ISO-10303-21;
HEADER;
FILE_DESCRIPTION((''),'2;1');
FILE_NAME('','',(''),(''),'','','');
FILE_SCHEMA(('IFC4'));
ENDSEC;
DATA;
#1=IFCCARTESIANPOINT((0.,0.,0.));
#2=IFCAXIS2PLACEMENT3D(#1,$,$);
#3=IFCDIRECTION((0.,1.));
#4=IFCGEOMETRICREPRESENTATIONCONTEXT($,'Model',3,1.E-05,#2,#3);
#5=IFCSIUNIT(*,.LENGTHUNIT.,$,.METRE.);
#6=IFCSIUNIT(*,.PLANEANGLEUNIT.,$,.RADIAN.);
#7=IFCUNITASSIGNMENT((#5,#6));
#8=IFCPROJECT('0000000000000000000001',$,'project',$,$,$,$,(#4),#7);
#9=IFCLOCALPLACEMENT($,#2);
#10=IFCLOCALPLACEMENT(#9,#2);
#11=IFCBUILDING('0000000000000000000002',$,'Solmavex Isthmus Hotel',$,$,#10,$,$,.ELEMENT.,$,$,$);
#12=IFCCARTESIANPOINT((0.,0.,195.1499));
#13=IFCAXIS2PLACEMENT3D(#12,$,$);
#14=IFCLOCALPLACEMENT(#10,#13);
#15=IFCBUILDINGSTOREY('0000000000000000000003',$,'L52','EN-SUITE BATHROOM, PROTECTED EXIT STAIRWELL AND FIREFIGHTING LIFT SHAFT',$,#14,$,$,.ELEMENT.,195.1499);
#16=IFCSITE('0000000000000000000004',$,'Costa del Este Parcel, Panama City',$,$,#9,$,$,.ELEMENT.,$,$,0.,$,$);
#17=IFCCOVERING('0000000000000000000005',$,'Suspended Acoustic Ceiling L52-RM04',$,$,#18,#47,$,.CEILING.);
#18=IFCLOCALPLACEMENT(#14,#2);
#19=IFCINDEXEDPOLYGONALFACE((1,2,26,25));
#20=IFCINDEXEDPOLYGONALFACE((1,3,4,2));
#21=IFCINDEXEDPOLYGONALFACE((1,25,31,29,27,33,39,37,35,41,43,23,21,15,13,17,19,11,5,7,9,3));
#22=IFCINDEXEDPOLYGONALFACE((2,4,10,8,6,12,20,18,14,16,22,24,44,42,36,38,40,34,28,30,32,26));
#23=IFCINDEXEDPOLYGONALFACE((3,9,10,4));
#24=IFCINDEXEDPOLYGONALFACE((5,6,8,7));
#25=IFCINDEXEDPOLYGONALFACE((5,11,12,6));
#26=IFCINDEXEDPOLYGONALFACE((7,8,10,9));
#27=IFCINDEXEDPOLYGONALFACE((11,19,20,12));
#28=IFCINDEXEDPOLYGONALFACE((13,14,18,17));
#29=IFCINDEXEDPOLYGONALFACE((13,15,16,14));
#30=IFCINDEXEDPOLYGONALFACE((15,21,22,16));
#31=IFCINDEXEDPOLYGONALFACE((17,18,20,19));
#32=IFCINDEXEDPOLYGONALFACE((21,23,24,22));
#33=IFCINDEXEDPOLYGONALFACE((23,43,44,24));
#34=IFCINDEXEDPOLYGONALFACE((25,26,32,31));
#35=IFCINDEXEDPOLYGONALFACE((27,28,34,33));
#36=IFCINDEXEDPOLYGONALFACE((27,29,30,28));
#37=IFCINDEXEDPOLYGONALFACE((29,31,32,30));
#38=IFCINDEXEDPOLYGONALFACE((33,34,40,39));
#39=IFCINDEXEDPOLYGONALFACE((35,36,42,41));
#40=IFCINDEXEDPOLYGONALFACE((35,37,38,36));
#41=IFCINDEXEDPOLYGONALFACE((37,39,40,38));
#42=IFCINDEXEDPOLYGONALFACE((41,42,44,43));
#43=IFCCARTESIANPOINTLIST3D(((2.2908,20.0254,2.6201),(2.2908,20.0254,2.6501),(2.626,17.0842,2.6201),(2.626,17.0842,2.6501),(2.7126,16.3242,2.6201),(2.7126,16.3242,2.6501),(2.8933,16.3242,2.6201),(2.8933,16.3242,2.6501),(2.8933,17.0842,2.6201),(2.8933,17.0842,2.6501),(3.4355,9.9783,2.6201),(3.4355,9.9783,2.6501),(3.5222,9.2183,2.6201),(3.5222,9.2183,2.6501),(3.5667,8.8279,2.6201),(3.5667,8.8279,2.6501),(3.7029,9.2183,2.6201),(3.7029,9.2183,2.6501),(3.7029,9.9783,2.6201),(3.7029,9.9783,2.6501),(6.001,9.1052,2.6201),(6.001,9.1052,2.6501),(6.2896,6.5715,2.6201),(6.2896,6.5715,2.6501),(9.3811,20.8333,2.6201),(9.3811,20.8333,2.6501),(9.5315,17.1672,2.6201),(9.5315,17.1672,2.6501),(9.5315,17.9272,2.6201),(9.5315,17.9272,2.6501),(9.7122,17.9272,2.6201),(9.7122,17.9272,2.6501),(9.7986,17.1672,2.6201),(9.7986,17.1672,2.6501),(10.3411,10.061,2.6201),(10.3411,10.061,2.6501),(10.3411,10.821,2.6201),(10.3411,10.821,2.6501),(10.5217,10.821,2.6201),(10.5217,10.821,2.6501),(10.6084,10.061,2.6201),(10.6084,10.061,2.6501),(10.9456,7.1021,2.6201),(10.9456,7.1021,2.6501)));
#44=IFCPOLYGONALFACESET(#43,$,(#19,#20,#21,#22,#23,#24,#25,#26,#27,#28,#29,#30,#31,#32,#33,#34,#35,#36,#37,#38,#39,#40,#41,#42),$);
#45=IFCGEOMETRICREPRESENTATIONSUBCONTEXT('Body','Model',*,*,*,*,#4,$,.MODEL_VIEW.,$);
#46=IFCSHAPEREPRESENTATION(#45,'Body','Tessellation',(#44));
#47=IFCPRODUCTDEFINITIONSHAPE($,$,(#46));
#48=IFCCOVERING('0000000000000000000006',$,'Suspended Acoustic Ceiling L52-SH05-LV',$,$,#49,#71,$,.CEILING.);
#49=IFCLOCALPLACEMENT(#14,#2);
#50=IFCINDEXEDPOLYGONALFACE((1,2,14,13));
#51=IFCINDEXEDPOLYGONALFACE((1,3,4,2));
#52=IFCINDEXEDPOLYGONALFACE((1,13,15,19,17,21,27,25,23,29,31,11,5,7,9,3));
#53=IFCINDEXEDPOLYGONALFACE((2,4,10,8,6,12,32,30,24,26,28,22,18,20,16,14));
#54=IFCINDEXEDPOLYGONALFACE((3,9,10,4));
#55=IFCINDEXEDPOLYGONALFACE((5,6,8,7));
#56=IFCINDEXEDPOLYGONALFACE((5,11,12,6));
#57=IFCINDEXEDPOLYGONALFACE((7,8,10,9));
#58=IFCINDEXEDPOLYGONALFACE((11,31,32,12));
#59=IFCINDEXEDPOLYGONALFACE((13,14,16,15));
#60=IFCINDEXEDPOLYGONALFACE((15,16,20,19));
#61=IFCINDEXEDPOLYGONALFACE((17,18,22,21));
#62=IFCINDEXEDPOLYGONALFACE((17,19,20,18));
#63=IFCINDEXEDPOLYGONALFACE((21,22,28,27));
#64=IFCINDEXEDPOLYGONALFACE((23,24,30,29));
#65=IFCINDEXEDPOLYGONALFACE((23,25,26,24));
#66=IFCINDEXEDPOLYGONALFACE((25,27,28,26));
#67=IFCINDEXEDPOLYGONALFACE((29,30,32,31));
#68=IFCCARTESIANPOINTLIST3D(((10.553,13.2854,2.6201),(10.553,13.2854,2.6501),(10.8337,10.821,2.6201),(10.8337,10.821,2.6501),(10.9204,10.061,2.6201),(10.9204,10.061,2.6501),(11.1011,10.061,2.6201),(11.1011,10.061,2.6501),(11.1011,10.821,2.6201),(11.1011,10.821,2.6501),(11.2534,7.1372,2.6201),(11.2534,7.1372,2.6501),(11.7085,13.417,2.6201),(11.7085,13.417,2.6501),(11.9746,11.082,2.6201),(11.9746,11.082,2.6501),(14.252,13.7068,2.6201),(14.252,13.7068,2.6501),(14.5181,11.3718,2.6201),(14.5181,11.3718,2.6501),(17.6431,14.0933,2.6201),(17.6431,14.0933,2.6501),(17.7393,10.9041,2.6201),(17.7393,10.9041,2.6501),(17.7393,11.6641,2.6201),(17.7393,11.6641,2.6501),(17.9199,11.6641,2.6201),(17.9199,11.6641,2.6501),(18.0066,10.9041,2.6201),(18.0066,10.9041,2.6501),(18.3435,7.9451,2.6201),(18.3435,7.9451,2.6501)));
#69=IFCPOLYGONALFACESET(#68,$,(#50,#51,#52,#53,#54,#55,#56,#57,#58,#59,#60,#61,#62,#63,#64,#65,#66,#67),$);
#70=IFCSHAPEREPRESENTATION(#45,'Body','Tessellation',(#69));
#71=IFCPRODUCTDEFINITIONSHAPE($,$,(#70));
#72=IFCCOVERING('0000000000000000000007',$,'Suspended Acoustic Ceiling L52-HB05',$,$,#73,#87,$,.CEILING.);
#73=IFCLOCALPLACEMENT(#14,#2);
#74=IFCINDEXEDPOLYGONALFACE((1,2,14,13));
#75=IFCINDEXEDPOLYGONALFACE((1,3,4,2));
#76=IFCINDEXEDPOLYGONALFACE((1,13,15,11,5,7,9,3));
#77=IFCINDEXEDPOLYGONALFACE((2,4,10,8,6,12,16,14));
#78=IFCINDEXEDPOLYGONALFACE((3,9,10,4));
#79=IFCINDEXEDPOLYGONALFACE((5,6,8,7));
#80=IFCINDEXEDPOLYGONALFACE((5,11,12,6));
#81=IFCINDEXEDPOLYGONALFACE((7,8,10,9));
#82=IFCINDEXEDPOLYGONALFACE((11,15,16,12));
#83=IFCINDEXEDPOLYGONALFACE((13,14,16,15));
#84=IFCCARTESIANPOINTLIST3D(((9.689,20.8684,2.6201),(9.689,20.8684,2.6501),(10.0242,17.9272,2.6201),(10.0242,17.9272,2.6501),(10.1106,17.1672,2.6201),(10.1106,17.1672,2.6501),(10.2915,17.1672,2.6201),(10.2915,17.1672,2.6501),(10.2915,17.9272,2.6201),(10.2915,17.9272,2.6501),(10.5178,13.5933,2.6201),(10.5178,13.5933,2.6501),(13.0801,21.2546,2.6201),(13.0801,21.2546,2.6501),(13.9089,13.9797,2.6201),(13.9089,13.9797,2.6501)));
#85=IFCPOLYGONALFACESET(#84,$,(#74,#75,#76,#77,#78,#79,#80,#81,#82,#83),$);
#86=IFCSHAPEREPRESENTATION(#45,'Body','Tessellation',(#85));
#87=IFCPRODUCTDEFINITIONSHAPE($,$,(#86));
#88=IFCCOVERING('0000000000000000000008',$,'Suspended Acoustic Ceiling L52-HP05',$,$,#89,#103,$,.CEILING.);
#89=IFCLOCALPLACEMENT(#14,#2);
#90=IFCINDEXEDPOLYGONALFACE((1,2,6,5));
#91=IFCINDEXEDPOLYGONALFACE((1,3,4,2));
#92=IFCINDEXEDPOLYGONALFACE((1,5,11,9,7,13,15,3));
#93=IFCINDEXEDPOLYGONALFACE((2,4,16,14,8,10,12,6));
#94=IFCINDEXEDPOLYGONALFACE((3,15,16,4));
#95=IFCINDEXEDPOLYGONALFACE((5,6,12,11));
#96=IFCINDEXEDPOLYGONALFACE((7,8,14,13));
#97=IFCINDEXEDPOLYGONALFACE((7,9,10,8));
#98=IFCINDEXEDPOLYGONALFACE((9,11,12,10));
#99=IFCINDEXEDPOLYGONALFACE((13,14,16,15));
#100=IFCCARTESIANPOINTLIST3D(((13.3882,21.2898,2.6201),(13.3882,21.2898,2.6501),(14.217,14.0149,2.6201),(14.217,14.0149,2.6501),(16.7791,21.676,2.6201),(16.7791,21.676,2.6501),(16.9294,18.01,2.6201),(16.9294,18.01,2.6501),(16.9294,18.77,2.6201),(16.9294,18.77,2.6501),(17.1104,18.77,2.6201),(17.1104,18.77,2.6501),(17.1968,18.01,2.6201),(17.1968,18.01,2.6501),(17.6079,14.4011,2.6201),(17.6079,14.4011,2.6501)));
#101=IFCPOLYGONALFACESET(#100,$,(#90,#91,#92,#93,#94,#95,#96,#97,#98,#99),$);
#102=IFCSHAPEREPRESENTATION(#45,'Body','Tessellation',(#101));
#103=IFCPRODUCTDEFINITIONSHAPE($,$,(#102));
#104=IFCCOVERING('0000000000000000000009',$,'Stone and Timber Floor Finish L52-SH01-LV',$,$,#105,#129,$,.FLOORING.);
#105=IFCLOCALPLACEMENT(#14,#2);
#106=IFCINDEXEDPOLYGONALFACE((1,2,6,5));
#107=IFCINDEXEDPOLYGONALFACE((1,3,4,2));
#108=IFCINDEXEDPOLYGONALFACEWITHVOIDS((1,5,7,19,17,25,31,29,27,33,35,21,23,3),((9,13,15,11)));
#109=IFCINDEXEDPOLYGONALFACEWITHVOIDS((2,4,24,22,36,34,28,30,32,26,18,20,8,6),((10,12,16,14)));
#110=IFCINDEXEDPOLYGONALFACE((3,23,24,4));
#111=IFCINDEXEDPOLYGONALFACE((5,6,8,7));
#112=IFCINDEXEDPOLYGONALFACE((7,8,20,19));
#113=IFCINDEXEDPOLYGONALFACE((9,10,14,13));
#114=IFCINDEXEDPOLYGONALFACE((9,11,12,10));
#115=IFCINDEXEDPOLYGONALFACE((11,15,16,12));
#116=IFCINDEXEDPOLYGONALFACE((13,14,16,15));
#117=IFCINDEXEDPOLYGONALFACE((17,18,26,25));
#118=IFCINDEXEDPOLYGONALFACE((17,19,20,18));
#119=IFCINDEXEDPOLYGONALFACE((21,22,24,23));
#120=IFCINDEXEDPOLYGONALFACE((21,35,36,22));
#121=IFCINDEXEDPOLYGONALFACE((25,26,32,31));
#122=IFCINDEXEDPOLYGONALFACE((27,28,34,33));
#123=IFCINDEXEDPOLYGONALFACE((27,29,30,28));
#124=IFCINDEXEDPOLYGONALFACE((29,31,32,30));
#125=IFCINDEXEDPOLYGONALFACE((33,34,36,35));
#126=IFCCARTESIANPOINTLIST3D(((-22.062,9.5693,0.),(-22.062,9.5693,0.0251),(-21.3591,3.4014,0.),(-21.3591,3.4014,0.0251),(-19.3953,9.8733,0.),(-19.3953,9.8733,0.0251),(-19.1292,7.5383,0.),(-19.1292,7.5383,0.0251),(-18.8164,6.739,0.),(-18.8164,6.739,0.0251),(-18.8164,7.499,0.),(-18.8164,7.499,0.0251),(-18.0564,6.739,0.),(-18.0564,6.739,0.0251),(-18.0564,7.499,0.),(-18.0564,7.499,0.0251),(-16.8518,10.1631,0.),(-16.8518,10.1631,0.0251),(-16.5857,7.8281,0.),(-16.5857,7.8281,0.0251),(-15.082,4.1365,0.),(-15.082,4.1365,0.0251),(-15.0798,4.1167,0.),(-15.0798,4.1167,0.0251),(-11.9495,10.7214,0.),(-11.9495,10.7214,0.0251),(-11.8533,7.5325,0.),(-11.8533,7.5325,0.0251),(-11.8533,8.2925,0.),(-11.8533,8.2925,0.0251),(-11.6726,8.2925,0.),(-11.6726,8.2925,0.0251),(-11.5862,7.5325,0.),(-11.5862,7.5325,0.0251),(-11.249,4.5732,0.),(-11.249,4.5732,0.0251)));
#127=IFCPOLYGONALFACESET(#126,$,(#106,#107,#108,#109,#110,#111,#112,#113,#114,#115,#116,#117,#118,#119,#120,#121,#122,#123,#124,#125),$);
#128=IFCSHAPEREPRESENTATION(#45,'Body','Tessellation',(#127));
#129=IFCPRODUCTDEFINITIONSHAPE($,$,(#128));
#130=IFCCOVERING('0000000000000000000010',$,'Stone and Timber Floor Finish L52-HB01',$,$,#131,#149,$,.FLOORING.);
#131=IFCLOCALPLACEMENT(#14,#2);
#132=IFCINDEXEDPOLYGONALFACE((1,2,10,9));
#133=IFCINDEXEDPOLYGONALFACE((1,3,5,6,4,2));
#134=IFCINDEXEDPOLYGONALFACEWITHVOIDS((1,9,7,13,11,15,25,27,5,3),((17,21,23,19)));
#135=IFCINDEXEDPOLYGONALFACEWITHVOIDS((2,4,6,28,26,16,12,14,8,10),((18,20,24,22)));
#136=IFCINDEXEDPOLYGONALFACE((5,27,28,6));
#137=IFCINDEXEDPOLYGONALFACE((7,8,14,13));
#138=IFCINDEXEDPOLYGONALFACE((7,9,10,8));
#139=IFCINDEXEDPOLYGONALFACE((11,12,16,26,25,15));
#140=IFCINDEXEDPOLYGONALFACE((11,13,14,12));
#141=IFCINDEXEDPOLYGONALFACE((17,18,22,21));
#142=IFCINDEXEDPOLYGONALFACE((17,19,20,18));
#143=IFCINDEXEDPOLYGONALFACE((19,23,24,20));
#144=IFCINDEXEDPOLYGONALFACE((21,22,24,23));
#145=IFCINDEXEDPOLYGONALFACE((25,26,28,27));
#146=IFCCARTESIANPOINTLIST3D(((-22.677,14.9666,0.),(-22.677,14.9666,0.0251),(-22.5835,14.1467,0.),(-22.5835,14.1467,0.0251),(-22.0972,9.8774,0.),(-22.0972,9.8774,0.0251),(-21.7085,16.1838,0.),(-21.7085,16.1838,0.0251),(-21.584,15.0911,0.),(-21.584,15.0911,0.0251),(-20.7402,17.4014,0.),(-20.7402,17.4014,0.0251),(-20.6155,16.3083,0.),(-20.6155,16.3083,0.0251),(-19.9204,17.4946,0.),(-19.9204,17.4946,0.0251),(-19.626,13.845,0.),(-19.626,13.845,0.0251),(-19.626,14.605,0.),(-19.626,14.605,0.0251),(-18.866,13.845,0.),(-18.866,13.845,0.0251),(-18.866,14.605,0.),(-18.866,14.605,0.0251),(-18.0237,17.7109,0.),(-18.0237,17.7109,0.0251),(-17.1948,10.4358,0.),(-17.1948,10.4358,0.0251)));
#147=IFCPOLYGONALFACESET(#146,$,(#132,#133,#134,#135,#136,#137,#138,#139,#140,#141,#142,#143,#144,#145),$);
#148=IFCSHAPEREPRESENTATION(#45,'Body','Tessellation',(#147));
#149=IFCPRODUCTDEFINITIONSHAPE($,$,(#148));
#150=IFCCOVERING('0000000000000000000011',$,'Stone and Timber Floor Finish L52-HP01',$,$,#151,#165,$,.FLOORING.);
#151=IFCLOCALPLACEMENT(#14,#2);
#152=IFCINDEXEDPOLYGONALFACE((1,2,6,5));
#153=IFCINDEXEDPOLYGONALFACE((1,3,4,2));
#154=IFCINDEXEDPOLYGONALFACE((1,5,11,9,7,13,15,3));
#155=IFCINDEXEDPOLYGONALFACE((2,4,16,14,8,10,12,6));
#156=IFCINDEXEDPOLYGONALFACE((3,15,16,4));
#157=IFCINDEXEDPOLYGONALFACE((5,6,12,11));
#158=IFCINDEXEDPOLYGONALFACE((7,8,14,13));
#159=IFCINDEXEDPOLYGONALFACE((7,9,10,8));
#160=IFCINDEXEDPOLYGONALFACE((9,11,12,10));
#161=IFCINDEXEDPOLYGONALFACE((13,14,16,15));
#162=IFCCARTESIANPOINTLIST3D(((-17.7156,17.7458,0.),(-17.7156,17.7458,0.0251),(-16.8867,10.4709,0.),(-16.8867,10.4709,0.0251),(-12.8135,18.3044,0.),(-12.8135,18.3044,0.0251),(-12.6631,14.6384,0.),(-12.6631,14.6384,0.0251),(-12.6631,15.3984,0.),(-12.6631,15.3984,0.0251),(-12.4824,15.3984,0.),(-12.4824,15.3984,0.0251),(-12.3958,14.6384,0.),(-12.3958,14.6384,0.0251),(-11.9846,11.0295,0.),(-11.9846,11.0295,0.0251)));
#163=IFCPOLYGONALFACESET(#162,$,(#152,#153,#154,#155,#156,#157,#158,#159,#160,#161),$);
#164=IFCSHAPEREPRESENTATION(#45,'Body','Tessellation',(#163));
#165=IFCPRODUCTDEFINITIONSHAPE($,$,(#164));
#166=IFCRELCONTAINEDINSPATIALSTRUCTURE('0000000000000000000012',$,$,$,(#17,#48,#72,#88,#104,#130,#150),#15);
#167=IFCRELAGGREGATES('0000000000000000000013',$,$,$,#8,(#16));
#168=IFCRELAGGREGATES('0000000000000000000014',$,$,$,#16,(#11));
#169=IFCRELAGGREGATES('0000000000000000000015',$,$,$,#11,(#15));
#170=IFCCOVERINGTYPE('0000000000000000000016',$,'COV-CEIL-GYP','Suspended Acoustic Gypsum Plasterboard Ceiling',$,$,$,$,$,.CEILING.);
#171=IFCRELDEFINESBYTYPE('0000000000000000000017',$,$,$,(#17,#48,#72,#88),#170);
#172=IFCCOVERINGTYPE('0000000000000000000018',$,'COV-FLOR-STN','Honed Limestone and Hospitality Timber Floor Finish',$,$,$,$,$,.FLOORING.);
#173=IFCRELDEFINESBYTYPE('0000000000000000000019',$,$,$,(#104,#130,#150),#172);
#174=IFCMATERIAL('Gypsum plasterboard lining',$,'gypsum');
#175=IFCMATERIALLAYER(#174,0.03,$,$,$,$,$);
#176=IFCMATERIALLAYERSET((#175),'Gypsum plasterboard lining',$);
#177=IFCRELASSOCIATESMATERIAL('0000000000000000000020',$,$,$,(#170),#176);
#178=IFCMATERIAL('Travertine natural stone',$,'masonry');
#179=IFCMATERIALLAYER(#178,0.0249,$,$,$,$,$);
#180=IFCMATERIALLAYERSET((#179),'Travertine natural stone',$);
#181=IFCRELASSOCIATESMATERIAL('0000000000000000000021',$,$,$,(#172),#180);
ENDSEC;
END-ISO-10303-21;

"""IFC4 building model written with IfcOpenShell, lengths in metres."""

from ifc_helpers import new_model, si_unit, direction, frame, origin, place, context, subcontext, project, spatial, polyline, outline, extrude, material, layer, layer_set, type_object, element, save


model = new_model("IFC4")

# Units and contexts
model_context = context("Model", 3, precision=1e-05, world=origin(), true_north=direction((0.0, 1.0)))
body_context = subcontext(model_context, "Body", "Model", "MODEL_VIEW")
ifc_project = project(units=[si_unit("LENGTHUNIT", "METRE"), si_unit("PLANEANGLEUNIT", "RADIAN")], contexts=[model_context])

# Site, building, storey
site_placement = place(None, origin())
site = spatial("IfcSite", under=ifc_project, at=site_placement, Name="Costa del Este Parcel, Panama City", CompositionType="ELEMENT", RefElevation=0.0)
building_placement = place(site_placement, origin())
building = spatial("IfcBuilding", under=site, at=building_placement, Name="Solmavex Isthmus Hotel", CompositionType="ELEMENT")
storey_placement = place(building_placement, frame((0.0, 0.0, 195.1499)))
storey = spatial("IfcBuildingStorey", under=building, at=storey_placement, Name="L52", Description="EN-SUITE BATHROOM, PROTECTED EXIT STAIRWELL AND FIREFIGHTING LIFT SHAFT", CompositionType="ELEMENT", Elevation=195.1499)

# Shared definitions
ifc_material_1 = material(Name="Gypsum plasterboard lining", Category="gypsum")

# Coverings
ifc_layer_1 = layer(ifc_material_1, 0.03)
ifc_layer_set_1 = layer_set([ifc_layer_1], Name="Gypsum plasterboard lining")
covering_type_1 = type_object("IfcCoveringType", Name="COV-CEIL-GYP", Description="Suspended Acoustic Gypsum Plasterboard Ceiling", PredefinedType="CEILING", material=ifc_layer_set_1)
covering_1_placement = place(storey_placement, frame((0.0, 0.0, 2.6201)))
element("IfcCovering", 1, at=covering_1_placement, inside=storey, type_object=covering_type_1, Name="Suspended Acoustic Ceiling L52-RM04", PredefinedType="CEILING", context=body_context, shape_type="SweptSolid", body=[
    extrude(outline(polyline([(3.4355, 9.9783), (3.7029, 9.9783), (3.7029, 9.2183), (3.5222, 9.2183), (3.5667, 8.8279), (6.001, 9.1052), (6.2896, 6.5715), (10.9456, 7.1021), (10.6084, 10.061), (10.3411, 10.061), (10.3411, 10.821), (10.5217, 10.821), (9.7986, 17.1672), (9.5315, 17.1672), (9.5315, 17.9272), (9.7122, 17.9272), (9.3811, 20.8333), (2.2908, 20.0254), (2.626, 17.0842), (2.8933, 17.0842), (2.8933, 16.3242), (2.7126, 16.3242), (3.4355, 9.9783)])), origin(), (0.0, 0.0, 1.0), 0.03),
])
covering_2_placement = place(storey_placement, frame((0.0, 0.0, 2.6201)))
element("IfcCovering", 2, at=covering_2_placement, inside=storey, type_object=covering_type_1, Name="Suspended Acoustic Ceiling L52-SH05-LV", PredefinedType="CEILING", context=body_context, shape_type="SweptSolid", body=[
    extrude(outline(polyline([(18.0066, 10.9041), (17.7393, 10.9041), (17.7393, 11.6641), (17.9199, 11.6641), (17.6431, 14.0933), (14.252, 13.7068), (14.5181, 11.3718), (11.9746, 11.082), (11.7085, 13.417), (10.553, 13.2854), (10.8337, 10.821), (11.1011, 10.821), (11.1011, 10.061), (10.9204, 10.061), (11.2534, 7.1372), (18.3435, 7.9451), (18.0066, 10.9041)])), origin(), (0.0, 0.0, 1.0), 0.03),
])
covering_3_placement = place(storey_placement, frame((0.0, 0.0, 2.6201)))
element("IfcCovering", 3, at=covering_3_placement, inside=storey, type_object=covering_type_1, Name="Suspended Acoustic Ceiling L52-HB05", PredefinedType="CEILING", context=body_context, shape_type="SweptSolid", body=[
    extrude(outline(polyline([(10.0242, 17.9272), (10.2915, 17.9272), (10.2915, 17.1672), (10.1106, 17.1672), (10.5178, 13.5933), (13.9089, 13.9797), (13.0801, 21.2546), (9.689, 20.8684), (10.0242, 17.9272)])), origin(), (0.0, 0.0, 1.0), 0.03),
])
covering_4_placement = place(storey_placement, frame((0.0, 0.0, 2.6201)))
element("IfcCovering", 4, at=covering_4_placement, inside=storey, type_object=covering_type_1, Name="Suspended Acoustic Ceiling L52-HP05", PredefinedType="CEILING", context=body_context, shape_type="SweptSolid", body=[
    extrude(outline(polyline([(17.1968, 18.01), (16.9294, 18.01), (16.9294, 18.77), (17.1104, 18.77), (16.7791, 21.676), (13.3882, 21.2898), (14.217, 14.0149), (17.6079, 14.4011), (17.1968, 18.01)])), origin(), (0.0, 0.0, 1.0), 0.03),
])
ifc_material_2 = material(Name="Travertine natural stone", Category="masonry")
ifc_layer_2 = layer(ifc_material_2, 0.0249)
ifc_layer_set_2 = layer_set([ifc_layer_2], Name="Travertine natural stone")
covering_type_2 = type_object("IfcCoveringType", Name="COV-FLOR-STN", Description="Honed Limestone and Hospitality Timber Floor Finish", PredefinedType="FLOORING", material=ifc_layer_set_2)
covering_5_placement = place(storey_placement, origin())
element("IfcCovering", 5, at=covering_5_placement, inside=storey, type_object=covering_type_2, Name="Stone and Timber Floor Finish L52-SH01-LV", PredefinedType="FLOORING", context=body_context, shape_type="SweptSolid", body=[
    extrude(outline(polyline([(-15.0798, 4.1167), (-15.082, 4.1365), (-11.249, 4.5732), (-11.5862, 7.5325), (-11.8533, 7.5325), (-11.8533, 8.2925), (-11.6726, 8.2925), (-11.9495, 10.7214), (-16.8518, 10.1631), (-16.5857, 7.8281), (-19.1292, 7.5383), (-19.3953, 9.8733), (-22.062, 9.5693), (-21.3591, 3.4014), (-15.0798, 4.1167)]), holes=[polyline([(-18.8164, 6.739), (-18.8164, 7.499), (-18.0564, 7.499), (-18.0564, 6.739), (-18.8164, 6.739)])]), origin(), (0.0, 0.0, 1.0), 0.0251),
])
covering_6_placement = place(storey_placement, origin())
element("IfcCovering", 6, at=covering_6_placement, inside=storey, type_object=covering_type_2, Name="Stone and Timber Floor Finish L52-HB01", PredefinedType="FLOORING", context=body_context, shape_type="SweptSolid", body=[
    extrude(outline(polyline([(-22.677, 14.9666), (-22.5835, 14.1467), (-22.0972, 9.8774), (-17.1948, 10.4358), (-18.0237, 17.7109), (-19.9204, 17.4946), (-20.7402, 17.4014), (-20.6155, 16.3083), (-21.7085, 16.1838), (-21.584, 15.0911), (-22.677, 14.9666)]), holes=[polyline([(-19.626, 13.845), (-19.626, 14.605), (-18.866, 14.605), (-18.866, 13.845), (-19.626, 13.845)])]), origin(), (0.0, 0.0, 1.0), 0.0251),
])
covering_7_placement = place(storey_placement, origin())
element("IfcCovering", 7, at=covering_7_placement, inside=storey, type_object=covering_type_2, Name="Stone and Timber Floor Finish L52-HP01", PredefinedType="FLOORING", context=body_context, shape_type="SweptSolid", body=[
    extrude(outline(polyline([(-12.3958, 14.6384), (-12.6631, 14.6384), (-12.6631, 15.3984), (-12.4824, 15.3984), (-12.8135, 18.3044), (-17.7156, 17.7458), (-16.8867, 10.4709), (-11.9846, 11.0295), (-12.3958, 14.6384)])), origin(), (0.0, 0.0, 1.0), 0.0251),
])

save(model, "model.ifc")
